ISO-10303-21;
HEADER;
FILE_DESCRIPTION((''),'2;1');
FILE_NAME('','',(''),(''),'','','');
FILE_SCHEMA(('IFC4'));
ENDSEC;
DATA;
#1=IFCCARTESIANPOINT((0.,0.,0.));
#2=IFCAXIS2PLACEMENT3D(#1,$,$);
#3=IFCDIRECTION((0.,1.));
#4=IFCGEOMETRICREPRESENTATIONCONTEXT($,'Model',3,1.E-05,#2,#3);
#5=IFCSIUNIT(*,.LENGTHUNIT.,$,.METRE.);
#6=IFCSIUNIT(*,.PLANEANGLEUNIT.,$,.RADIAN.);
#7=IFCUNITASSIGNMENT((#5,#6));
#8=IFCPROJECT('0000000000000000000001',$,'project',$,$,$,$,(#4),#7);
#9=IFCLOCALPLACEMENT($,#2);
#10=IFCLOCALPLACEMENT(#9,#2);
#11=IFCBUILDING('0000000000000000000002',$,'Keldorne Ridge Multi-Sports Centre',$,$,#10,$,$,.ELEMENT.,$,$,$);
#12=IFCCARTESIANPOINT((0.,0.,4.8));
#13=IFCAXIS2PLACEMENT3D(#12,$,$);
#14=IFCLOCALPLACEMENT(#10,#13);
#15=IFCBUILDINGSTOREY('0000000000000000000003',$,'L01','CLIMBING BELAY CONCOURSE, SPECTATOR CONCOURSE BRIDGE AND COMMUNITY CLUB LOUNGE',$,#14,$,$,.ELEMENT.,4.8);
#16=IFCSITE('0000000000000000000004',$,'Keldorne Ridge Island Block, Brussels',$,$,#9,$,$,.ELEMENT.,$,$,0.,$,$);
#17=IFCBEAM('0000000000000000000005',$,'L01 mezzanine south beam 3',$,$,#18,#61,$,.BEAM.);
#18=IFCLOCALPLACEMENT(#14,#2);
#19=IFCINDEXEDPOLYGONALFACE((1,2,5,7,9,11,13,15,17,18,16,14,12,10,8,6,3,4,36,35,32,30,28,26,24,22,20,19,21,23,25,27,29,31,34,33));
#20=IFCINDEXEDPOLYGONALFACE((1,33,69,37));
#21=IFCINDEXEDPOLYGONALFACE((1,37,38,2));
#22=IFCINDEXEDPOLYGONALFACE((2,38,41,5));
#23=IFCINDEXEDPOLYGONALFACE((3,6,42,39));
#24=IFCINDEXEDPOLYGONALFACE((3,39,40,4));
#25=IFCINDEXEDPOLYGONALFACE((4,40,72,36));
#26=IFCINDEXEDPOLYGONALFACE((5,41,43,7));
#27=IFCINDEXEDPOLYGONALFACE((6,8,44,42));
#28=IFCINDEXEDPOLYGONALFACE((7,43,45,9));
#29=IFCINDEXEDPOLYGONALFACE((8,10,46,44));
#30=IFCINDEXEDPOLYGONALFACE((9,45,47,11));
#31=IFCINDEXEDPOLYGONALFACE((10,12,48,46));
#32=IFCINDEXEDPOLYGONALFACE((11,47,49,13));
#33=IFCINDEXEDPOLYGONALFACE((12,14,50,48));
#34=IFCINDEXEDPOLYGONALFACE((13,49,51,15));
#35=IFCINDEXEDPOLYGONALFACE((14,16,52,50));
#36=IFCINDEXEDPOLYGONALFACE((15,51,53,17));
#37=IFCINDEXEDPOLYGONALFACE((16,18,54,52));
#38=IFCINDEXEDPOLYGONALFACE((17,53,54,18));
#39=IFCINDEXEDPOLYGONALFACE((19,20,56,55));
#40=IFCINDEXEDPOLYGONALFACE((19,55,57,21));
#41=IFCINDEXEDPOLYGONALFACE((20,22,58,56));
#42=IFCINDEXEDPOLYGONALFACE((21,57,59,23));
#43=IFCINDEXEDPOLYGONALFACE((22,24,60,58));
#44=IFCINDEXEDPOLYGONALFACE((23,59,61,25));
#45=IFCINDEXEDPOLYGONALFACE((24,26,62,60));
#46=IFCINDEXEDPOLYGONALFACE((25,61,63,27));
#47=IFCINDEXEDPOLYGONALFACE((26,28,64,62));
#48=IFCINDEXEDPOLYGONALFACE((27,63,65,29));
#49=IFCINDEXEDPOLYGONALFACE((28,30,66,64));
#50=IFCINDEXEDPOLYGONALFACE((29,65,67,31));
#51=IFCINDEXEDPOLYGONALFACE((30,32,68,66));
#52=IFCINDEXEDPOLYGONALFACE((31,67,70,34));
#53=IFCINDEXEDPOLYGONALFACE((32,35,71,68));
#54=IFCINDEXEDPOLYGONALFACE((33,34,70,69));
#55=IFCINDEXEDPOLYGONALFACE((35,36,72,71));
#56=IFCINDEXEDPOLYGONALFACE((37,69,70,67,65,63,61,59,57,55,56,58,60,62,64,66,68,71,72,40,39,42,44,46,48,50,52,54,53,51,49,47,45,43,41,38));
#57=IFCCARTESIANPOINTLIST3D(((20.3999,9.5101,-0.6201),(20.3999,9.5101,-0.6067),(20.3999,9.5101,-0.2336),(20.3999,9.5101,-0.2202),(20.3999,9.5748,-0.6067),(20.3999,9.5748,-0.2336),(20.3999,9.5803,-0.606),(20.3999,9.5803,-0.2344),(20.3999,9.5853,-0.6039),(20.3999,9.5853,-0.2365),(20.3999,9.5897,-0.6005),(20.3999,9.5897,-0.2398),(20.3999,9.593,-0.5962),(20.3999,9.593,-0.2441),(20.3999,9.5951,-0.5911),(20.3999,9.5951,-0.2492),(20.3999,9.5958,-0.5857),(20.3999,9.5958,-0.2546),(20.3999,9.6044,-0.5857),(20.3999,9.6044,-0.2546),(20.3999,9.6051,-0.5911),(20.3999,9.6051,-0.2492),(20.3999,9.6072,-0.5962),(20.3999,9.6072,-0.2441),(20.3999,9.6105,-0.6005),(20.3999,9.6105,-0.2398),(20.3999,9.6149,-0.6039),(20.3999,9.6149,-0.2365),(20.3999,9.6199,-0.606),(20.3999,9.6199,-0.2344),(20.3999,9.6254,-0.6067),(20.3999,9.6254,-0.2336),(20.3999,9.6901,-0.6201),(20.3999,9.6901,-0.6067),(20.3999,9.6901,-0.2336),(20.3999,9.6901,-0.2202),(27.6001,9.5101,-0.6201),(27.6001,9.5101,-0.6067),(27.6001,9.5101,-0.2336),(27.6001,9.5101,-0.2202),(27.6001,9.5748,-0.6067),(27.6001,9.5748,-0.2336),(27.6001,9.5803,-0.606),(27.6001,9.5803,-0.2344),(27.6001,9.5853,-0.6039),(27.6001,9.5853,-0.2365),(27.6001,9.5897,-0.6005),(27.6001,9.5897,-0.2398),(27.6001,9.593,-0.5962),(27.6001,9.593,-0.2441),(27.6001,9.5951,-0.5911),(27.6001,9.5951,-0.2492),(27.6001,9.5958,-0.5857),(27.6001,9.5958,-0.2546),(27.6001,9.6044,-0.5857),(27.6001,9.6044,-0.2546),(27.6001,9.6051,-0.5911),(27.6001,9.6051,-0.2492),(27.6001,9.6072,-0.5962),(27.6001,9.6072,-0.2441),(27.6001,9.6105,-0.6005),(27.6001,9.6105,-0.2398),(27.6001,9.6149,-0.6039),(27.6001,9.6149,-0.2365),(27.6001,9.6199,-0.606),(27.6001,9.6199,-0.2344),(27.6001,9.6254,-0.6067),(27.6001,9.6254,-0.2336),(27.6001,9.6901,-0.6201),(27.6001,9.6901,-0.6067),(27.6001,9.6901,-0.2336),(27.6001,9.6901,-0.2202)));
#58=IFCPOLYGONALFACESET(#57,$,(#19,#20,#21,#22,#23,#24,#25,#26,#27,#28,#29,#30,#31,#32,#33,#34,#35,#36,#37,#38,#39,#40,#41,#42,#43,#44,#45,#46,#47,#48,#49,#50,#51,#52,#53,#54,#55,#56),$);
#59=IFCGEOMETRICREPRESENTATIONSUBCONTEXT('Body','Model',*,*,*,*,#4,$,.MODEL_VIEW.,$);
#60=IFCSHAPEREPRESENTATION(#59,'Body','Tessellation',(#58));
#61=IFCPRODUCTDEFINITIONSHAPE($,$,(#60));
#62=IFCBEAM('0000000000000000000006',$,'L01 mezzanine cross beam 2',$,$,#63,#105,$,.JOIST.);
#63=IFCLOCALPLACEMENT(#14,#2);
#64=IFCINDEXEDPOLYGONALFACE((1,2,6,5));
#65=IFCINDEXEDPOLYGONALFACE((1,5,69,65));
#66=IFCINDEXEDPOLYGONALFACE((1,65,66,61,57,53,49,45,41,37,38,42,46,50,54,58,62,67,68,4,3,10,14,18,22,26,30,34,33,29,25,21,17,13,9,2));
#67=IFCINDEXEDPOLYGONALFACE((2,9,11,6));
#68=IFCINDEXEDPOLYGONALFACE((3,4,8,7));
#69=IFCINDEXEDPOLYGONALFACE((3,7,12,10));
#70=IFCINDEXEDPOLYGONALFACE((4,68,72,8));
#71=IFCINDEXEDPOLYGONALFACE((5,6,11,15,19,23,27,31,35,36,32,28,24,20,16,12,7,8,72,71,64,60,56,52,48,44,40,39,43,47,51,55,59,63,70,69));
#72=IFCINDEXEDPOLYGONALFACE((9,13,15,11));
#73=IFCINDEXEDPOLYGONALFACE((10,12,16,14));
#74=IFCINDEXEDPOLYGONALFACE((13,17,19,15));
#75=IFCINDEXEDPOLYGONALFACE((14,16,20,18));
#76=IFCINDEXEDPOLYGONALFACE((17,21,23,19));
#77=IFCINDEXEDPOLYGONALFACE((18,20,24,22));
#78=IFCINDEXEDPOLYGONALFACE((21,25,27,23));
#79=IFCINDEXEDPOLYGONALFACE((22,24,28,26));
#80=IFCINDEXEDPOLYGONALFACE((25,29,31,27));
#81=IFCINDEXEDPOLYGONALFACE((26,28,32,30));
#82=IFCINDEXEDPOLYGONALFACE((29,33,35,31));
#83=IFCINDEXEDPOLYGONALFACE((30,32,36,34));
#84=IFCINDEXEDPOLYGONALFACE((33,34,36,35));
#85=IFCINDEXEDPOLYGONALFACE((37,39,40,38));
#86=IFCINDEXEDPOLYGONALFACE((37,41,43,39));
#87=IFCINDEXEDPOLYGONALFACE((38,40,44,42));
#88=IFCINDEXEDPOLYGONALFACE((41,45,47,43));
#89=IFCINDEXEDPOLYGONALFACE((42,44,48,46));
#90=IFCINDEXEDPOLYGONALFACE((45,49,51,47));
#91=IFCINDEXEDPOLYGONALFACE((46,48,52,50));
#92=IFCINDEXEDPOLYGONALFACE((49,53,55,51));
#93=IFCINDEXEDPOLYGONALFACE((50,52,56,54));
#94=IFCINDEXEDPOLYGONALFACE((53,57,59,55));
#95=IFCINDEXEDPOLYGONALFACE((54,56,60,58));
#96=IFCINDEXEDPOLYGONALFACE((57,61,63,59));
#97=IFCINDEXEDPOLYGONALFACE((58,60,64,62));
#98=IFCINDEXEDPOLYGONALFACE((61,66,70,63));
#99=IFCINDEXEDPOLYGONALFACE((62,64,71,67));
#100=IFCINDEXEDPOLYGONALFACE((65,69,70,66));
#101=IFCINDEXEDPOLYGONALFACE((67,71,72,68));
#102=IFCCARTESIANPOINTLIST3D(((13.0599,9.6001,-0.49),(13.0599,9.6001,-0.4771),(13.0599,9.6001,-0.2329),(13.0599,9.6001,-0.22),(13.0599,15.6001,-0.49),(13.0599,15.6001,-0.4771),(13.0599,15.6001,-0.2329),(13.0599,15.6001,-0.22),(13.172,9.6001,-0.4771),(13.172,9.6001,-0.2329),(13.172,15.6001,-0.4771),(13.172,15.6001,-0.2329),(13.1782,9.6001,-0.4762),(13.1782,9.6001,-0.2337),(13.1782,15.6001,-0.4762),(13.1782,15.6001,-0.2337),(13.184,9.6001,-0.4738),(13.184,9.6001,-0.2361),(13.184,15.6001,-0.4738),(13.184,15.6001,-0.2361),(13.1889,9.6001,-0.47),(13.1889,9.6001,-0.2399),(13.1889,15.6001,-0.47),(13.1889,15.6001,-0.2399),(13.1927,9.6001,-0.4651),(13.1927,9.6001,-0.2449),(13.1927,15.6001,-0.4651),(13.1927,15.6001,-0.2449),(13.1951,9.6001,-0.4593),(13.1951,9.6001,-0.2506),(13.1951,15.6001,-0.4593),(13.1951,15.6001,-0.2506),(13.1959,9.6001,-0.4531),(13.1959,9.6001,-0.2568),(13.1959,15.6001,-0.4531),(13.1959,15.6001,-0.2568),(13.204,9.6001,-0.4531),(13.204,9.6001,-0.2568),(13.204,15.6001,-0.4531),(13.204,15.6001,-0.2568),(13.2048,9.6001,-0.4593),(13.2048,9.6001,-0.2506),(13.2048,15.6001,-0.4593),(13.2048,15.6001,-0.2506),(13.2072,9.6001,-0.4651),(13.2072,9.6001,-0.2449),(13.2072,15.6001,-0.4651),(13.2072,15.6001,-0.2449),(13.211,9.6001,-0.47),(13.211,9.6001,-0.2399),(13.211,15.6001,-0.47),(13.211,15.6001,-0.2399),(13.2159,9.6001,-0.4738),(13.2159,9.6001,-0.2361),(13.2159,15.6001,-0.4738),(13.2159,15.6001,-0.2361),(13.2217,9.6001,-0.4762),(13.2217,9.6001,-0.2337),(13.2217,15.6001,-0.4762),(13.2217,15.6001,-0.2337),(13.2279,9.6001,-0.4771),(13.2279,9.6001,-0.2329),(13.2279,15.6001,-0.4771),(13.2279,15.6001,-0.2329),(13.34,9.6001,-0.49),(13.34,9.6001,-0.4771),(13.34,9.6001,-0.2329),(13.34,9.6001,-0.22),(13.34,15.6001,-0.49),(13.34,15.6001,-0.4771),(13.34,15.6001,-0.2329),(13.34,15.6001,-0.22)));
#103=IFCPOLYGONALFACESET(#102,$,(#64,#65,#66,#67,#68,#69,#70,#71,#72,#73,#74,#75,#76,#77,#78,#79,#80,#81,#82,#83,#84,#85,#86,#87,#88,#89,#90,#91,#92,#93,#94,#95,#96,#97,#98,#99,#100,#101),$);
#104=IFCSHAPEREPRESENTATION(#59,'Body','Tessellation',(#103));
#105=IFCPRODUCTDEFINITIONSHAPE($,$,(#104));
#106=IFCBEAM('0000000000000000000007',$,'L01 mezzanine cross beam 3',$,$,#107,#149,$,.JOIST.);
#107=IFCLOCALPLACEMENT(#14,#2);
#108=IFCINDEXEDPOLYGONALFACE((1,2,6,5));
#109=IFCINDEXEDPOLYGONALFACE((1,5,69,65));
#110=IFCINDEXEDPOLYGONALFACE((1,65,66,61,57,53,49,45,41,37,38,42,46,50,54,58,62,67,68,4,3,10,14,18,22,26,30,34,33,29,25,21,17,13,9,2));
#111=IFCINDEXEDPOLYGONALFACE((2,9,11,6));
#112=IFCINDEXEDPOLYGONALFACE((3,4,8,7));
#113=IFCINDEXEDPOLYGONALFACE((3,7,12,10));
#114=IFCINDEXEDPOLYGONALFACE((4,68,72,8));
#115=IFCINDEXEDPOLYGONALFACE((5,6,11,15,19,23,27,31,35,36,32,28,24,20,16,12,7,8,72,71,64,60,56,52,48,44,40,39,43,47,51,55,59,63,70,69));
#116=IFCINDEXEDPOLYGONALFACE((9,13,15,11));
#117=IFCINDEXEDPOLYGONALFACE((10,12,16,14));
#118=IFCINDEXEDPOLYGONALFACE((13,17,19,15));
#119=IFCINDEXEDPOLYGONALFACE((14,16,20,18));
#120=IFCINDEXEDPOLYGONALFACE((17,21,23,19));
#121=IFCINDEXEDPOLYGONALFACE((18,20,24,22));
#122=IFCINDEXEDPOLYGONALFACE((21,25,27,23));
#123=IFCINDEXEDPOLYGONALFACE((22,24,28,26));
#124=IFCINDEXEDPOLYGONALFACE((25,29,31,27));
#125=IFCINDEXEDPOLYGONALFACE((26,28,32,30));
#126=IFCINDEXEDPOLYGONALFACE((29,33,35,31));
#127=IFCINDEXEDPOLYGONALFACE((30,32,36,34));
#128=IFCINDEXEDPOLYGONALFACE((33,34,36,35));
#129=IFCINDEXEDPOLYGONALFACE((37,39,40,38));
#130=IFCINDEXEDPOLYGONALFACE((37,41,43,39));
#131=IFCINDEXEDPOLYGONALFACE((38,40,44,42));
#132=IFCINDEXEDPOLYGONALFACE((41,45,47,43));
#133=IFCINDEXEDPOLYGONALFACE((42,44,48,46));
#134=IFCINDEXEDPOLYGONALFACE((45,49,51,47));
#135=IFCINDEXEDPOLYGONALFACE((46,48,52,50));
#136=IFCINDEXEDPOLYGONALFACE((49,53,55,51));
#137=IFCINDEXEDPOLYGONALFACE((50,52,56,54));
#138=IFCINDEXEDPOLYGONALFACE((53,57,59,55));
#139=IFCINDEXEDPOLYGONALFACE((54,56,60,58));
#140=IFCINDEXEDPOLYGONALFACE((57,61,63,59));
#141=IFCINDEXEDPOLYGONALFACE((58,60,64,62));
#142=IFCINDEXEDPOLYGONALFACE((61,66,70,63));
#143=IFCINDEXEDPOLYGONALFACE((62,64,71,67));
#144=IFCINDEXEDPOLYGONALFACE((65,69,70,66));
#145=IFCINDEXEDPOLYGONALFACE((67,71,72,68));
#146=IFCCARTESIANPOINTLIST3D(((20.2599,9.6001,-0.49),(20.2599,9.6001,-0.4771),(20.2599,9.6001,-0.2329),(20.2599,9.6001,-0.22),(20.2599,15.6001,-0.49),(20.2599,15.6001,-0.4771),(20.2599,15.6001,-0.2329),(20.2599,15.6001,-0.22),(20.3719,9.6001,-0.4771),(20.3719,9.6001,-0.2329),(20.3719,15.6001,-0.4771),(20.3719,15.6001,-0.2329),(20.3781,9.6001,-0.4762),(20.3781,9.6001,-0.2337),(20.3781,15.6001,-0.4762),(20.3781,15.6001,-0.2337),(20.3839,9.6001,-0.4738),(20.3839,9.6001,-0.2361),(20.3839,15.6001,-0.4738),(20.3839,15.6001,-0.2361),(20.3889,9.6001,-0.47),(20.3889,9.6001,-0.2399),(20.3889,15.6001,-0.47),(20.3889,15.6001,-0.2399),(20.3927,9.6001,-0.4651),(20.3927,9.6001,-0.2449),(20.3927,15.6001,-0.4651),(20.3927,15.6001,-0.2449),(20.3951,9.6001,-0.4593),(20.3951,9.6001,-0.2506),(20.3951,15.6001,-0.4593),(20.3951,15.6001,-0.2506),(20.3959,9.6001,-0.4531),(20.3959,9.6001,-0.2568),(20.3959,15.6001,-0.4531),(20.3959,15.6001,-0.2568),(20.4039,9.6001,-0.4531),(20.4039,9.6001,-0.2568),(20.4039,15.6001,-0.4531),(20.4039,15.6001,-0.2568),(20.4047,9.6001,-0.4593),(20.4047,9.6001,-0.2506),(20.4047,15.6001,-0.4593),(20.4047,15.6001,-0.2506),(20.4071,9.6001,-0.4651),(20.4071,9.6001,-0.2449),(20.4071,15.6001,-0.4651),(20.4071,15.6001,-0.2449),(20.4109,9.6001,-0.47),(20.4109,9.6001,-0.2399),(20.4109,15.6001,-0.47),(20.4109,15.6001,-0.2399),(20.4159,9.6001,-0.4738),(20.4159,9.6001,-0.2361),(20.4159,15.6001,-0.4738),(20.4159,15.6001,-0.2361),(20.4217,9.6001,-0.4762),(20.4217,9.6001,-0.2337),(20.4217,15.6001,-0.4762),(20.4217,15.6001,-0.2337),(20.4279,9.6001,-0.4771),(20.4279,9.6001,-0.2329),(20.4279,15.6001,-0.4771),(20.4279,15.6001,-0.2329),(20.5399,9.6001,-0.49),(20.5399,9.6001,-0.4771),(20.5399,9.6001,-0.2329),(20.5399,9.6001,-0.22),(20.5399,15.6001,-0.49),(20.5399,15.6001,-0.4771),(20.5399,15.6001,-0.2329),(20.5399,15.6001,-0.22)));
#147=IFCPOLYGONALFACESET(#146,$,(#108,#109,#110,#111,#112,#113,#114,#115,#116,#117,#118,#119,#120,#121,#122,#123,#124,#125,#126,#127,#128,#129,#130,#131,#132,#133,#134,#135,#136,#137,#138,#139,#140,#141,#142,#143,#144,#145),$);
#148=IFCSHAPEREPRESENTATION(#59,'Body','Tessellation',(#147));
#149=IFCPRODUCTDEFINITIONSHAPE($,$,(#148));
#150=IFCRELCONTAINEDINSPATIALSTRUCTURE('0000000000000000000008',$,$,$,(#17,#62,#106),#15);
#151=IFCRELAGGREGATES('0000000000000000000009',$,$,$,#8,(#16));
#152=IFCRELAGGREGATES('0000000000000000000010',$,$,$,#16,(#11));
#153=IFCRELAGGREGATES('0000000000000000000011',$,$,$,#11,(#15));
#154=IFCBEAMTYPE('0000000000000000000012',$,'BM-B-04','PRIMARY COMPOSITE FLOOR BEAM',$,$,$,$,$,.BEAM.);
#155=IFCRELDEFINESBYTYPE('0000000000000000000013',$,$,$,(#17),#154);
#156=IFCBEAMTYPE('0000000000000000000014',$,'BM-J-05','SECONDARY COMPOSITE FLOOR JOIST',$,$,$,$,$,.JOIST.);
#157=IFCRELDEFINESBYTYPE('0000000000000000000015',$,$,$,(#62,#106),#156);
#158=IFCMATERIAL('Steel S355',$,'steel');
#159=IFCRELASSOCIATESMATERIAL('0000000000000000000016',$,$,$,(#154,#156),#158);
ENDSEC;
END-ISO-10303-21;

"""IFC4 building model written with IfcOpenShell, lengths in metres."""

from ifc_helpers import new_model, si_unit, direction, frame, origin, origin_2d, place, context, subcontext, project, spatial, i_section, extrude, material, material_profile, profile_set, type_object, element, save


model = new_model("IFC4")

# Units and contexts
model_context = context("Model", 3, precision=1e-05, world=origin(), true_north=direction((0.0, 1.0)))
body_context = subcontext(model_context, "Body", "Model", "MODEL_VIEW")
ifc_project = project(units=[si_unit("LENGTHUNIT", "METRE"), si_unit("PLANEANGLEUNIT", "RADIAN")], contexts=[model_context])

# Site, building, storey
site_placement = place(None, origin())
site = spatial("IfcSite", under=ifc_project, at=site_placement, Name="Keldorne Ridge Island Block, Brussels", CompositionType="ELEMENT", RefElevation=0.0)
building_placement = place(site_placement, origin())
building = spatial("IfcBuilding", under=site, at=building_placement, Name="Keldorne Ridge Multi-Sports Centre", CompositionType="ELEMENT")
storey_placement = place(building_placement, frame((0.0, 0.0, 4.8)))
storey = spatial("IfcBuildingStorey", under=building, at=storey_placement, Name="L01", Description="CLIMBING BELAY CONCOURSE, SPECTATOR CONCOURSE BRIDGE AND COMMUNITY CLUB LOUNGE", CompositionType="ELEMENT", Elevation=4.8)

# Shared definitions
ifc_material_1 = material(Name="Steel S355", Category="steel")

# Beams
ifc_material_profile_1 = material_profile(ifc_material_1, i_section(OverallWidth=0.1799, OverallDepth=0.3999, WebThickness=0.0085, FlangeThickness=0.0134, FilletRadius=0.021, at=origin_2d()), Name="IPE 400")
ifc_profile_set_1 = profile_set([ifc_material_profile_1], Name="Steel S355")
beam_type_1 = type_object("IfcBeamType", Name="BM-B-04", Description="PRIMARY COMPOSITE FLOOR BEAM", PredefinedType="BEAM", material=ifc_profile_set_1)
beam_1_placement = place(storey_placement, frame((20.3999, 9.6001, -0.4202), z_axis=(1.0, 0.0, 0.0), x_axis=(0.0, 1.0, 0.0)))
element("IfcBeam", 1, at=beam_1_placement, inside=storey, type_object=beam_type_1, Name="L01 mezzanine south beam 3", PredefinedType="BEAM", context=body_context, shape_type="SweptSolid", body=[
    extrude(i_section(OverallWidth=0.1799, OverallDepth=0.3999, WebThickness=0.0085, FlangeThickness=0.0134, FilletRadius=0.021, at=origin_2d()), origin(), (0.0, 0.0, 1.0), 7.2002),
])
ifc_material_profile_2 = material_profile(ifc_material_1, i_section(OverallWidth=0.28, OverallDepth=0.27, WebThickness=0.0081, FlangeThickness=0.0129, FilletRadius=0.0239, at=origin_2d()), Name="HEA 280")
ifc_profile_set_2 = profile_set([ifc_material_profile_2], Name="Steel S355")
beam_type_2 = type_object("IfcBeamType", Name="BM-J-05", Description="SECONDARY COMPOSITE FLOOR JOIST", PredefinedType="JOIST", material=ifc_profile_set_2)
for number, where, z_axis, x_axis, name in (
    (2, (13.2, 9.6001, -0.355), (0.0, 1.0, 0.0), (-1.0, 0.0, 0.0), "L01 mezzanine cross beam 2"),
    (3, (20.3999, 9.6001, -0.355), (0.0, 1.0, 0.0), (-1.0, 0.0, 0.0), "L01 mezzanine cross beam 3"),
):
    element("IfcBeam", number, at=place(storey_placement, frame(where, z_axis=z_axis, x_axis=x_axis)), inside=storey, type_object=beam_type_2, Name=name, PredefinedType="JOIST", context=body_context, shape_type="SweptSolid", body=[
        extrude(i_section(OverallWidth=0.28, OverallDepth=0.27, WebThickness=0.0081, FlangeThickness=0.0129, FilletRadius=0.0239, at=origin_2d()), origin(), (0.0, 0.0, 1.0), 6.0),
    ])

save(model, "model.ifc")
